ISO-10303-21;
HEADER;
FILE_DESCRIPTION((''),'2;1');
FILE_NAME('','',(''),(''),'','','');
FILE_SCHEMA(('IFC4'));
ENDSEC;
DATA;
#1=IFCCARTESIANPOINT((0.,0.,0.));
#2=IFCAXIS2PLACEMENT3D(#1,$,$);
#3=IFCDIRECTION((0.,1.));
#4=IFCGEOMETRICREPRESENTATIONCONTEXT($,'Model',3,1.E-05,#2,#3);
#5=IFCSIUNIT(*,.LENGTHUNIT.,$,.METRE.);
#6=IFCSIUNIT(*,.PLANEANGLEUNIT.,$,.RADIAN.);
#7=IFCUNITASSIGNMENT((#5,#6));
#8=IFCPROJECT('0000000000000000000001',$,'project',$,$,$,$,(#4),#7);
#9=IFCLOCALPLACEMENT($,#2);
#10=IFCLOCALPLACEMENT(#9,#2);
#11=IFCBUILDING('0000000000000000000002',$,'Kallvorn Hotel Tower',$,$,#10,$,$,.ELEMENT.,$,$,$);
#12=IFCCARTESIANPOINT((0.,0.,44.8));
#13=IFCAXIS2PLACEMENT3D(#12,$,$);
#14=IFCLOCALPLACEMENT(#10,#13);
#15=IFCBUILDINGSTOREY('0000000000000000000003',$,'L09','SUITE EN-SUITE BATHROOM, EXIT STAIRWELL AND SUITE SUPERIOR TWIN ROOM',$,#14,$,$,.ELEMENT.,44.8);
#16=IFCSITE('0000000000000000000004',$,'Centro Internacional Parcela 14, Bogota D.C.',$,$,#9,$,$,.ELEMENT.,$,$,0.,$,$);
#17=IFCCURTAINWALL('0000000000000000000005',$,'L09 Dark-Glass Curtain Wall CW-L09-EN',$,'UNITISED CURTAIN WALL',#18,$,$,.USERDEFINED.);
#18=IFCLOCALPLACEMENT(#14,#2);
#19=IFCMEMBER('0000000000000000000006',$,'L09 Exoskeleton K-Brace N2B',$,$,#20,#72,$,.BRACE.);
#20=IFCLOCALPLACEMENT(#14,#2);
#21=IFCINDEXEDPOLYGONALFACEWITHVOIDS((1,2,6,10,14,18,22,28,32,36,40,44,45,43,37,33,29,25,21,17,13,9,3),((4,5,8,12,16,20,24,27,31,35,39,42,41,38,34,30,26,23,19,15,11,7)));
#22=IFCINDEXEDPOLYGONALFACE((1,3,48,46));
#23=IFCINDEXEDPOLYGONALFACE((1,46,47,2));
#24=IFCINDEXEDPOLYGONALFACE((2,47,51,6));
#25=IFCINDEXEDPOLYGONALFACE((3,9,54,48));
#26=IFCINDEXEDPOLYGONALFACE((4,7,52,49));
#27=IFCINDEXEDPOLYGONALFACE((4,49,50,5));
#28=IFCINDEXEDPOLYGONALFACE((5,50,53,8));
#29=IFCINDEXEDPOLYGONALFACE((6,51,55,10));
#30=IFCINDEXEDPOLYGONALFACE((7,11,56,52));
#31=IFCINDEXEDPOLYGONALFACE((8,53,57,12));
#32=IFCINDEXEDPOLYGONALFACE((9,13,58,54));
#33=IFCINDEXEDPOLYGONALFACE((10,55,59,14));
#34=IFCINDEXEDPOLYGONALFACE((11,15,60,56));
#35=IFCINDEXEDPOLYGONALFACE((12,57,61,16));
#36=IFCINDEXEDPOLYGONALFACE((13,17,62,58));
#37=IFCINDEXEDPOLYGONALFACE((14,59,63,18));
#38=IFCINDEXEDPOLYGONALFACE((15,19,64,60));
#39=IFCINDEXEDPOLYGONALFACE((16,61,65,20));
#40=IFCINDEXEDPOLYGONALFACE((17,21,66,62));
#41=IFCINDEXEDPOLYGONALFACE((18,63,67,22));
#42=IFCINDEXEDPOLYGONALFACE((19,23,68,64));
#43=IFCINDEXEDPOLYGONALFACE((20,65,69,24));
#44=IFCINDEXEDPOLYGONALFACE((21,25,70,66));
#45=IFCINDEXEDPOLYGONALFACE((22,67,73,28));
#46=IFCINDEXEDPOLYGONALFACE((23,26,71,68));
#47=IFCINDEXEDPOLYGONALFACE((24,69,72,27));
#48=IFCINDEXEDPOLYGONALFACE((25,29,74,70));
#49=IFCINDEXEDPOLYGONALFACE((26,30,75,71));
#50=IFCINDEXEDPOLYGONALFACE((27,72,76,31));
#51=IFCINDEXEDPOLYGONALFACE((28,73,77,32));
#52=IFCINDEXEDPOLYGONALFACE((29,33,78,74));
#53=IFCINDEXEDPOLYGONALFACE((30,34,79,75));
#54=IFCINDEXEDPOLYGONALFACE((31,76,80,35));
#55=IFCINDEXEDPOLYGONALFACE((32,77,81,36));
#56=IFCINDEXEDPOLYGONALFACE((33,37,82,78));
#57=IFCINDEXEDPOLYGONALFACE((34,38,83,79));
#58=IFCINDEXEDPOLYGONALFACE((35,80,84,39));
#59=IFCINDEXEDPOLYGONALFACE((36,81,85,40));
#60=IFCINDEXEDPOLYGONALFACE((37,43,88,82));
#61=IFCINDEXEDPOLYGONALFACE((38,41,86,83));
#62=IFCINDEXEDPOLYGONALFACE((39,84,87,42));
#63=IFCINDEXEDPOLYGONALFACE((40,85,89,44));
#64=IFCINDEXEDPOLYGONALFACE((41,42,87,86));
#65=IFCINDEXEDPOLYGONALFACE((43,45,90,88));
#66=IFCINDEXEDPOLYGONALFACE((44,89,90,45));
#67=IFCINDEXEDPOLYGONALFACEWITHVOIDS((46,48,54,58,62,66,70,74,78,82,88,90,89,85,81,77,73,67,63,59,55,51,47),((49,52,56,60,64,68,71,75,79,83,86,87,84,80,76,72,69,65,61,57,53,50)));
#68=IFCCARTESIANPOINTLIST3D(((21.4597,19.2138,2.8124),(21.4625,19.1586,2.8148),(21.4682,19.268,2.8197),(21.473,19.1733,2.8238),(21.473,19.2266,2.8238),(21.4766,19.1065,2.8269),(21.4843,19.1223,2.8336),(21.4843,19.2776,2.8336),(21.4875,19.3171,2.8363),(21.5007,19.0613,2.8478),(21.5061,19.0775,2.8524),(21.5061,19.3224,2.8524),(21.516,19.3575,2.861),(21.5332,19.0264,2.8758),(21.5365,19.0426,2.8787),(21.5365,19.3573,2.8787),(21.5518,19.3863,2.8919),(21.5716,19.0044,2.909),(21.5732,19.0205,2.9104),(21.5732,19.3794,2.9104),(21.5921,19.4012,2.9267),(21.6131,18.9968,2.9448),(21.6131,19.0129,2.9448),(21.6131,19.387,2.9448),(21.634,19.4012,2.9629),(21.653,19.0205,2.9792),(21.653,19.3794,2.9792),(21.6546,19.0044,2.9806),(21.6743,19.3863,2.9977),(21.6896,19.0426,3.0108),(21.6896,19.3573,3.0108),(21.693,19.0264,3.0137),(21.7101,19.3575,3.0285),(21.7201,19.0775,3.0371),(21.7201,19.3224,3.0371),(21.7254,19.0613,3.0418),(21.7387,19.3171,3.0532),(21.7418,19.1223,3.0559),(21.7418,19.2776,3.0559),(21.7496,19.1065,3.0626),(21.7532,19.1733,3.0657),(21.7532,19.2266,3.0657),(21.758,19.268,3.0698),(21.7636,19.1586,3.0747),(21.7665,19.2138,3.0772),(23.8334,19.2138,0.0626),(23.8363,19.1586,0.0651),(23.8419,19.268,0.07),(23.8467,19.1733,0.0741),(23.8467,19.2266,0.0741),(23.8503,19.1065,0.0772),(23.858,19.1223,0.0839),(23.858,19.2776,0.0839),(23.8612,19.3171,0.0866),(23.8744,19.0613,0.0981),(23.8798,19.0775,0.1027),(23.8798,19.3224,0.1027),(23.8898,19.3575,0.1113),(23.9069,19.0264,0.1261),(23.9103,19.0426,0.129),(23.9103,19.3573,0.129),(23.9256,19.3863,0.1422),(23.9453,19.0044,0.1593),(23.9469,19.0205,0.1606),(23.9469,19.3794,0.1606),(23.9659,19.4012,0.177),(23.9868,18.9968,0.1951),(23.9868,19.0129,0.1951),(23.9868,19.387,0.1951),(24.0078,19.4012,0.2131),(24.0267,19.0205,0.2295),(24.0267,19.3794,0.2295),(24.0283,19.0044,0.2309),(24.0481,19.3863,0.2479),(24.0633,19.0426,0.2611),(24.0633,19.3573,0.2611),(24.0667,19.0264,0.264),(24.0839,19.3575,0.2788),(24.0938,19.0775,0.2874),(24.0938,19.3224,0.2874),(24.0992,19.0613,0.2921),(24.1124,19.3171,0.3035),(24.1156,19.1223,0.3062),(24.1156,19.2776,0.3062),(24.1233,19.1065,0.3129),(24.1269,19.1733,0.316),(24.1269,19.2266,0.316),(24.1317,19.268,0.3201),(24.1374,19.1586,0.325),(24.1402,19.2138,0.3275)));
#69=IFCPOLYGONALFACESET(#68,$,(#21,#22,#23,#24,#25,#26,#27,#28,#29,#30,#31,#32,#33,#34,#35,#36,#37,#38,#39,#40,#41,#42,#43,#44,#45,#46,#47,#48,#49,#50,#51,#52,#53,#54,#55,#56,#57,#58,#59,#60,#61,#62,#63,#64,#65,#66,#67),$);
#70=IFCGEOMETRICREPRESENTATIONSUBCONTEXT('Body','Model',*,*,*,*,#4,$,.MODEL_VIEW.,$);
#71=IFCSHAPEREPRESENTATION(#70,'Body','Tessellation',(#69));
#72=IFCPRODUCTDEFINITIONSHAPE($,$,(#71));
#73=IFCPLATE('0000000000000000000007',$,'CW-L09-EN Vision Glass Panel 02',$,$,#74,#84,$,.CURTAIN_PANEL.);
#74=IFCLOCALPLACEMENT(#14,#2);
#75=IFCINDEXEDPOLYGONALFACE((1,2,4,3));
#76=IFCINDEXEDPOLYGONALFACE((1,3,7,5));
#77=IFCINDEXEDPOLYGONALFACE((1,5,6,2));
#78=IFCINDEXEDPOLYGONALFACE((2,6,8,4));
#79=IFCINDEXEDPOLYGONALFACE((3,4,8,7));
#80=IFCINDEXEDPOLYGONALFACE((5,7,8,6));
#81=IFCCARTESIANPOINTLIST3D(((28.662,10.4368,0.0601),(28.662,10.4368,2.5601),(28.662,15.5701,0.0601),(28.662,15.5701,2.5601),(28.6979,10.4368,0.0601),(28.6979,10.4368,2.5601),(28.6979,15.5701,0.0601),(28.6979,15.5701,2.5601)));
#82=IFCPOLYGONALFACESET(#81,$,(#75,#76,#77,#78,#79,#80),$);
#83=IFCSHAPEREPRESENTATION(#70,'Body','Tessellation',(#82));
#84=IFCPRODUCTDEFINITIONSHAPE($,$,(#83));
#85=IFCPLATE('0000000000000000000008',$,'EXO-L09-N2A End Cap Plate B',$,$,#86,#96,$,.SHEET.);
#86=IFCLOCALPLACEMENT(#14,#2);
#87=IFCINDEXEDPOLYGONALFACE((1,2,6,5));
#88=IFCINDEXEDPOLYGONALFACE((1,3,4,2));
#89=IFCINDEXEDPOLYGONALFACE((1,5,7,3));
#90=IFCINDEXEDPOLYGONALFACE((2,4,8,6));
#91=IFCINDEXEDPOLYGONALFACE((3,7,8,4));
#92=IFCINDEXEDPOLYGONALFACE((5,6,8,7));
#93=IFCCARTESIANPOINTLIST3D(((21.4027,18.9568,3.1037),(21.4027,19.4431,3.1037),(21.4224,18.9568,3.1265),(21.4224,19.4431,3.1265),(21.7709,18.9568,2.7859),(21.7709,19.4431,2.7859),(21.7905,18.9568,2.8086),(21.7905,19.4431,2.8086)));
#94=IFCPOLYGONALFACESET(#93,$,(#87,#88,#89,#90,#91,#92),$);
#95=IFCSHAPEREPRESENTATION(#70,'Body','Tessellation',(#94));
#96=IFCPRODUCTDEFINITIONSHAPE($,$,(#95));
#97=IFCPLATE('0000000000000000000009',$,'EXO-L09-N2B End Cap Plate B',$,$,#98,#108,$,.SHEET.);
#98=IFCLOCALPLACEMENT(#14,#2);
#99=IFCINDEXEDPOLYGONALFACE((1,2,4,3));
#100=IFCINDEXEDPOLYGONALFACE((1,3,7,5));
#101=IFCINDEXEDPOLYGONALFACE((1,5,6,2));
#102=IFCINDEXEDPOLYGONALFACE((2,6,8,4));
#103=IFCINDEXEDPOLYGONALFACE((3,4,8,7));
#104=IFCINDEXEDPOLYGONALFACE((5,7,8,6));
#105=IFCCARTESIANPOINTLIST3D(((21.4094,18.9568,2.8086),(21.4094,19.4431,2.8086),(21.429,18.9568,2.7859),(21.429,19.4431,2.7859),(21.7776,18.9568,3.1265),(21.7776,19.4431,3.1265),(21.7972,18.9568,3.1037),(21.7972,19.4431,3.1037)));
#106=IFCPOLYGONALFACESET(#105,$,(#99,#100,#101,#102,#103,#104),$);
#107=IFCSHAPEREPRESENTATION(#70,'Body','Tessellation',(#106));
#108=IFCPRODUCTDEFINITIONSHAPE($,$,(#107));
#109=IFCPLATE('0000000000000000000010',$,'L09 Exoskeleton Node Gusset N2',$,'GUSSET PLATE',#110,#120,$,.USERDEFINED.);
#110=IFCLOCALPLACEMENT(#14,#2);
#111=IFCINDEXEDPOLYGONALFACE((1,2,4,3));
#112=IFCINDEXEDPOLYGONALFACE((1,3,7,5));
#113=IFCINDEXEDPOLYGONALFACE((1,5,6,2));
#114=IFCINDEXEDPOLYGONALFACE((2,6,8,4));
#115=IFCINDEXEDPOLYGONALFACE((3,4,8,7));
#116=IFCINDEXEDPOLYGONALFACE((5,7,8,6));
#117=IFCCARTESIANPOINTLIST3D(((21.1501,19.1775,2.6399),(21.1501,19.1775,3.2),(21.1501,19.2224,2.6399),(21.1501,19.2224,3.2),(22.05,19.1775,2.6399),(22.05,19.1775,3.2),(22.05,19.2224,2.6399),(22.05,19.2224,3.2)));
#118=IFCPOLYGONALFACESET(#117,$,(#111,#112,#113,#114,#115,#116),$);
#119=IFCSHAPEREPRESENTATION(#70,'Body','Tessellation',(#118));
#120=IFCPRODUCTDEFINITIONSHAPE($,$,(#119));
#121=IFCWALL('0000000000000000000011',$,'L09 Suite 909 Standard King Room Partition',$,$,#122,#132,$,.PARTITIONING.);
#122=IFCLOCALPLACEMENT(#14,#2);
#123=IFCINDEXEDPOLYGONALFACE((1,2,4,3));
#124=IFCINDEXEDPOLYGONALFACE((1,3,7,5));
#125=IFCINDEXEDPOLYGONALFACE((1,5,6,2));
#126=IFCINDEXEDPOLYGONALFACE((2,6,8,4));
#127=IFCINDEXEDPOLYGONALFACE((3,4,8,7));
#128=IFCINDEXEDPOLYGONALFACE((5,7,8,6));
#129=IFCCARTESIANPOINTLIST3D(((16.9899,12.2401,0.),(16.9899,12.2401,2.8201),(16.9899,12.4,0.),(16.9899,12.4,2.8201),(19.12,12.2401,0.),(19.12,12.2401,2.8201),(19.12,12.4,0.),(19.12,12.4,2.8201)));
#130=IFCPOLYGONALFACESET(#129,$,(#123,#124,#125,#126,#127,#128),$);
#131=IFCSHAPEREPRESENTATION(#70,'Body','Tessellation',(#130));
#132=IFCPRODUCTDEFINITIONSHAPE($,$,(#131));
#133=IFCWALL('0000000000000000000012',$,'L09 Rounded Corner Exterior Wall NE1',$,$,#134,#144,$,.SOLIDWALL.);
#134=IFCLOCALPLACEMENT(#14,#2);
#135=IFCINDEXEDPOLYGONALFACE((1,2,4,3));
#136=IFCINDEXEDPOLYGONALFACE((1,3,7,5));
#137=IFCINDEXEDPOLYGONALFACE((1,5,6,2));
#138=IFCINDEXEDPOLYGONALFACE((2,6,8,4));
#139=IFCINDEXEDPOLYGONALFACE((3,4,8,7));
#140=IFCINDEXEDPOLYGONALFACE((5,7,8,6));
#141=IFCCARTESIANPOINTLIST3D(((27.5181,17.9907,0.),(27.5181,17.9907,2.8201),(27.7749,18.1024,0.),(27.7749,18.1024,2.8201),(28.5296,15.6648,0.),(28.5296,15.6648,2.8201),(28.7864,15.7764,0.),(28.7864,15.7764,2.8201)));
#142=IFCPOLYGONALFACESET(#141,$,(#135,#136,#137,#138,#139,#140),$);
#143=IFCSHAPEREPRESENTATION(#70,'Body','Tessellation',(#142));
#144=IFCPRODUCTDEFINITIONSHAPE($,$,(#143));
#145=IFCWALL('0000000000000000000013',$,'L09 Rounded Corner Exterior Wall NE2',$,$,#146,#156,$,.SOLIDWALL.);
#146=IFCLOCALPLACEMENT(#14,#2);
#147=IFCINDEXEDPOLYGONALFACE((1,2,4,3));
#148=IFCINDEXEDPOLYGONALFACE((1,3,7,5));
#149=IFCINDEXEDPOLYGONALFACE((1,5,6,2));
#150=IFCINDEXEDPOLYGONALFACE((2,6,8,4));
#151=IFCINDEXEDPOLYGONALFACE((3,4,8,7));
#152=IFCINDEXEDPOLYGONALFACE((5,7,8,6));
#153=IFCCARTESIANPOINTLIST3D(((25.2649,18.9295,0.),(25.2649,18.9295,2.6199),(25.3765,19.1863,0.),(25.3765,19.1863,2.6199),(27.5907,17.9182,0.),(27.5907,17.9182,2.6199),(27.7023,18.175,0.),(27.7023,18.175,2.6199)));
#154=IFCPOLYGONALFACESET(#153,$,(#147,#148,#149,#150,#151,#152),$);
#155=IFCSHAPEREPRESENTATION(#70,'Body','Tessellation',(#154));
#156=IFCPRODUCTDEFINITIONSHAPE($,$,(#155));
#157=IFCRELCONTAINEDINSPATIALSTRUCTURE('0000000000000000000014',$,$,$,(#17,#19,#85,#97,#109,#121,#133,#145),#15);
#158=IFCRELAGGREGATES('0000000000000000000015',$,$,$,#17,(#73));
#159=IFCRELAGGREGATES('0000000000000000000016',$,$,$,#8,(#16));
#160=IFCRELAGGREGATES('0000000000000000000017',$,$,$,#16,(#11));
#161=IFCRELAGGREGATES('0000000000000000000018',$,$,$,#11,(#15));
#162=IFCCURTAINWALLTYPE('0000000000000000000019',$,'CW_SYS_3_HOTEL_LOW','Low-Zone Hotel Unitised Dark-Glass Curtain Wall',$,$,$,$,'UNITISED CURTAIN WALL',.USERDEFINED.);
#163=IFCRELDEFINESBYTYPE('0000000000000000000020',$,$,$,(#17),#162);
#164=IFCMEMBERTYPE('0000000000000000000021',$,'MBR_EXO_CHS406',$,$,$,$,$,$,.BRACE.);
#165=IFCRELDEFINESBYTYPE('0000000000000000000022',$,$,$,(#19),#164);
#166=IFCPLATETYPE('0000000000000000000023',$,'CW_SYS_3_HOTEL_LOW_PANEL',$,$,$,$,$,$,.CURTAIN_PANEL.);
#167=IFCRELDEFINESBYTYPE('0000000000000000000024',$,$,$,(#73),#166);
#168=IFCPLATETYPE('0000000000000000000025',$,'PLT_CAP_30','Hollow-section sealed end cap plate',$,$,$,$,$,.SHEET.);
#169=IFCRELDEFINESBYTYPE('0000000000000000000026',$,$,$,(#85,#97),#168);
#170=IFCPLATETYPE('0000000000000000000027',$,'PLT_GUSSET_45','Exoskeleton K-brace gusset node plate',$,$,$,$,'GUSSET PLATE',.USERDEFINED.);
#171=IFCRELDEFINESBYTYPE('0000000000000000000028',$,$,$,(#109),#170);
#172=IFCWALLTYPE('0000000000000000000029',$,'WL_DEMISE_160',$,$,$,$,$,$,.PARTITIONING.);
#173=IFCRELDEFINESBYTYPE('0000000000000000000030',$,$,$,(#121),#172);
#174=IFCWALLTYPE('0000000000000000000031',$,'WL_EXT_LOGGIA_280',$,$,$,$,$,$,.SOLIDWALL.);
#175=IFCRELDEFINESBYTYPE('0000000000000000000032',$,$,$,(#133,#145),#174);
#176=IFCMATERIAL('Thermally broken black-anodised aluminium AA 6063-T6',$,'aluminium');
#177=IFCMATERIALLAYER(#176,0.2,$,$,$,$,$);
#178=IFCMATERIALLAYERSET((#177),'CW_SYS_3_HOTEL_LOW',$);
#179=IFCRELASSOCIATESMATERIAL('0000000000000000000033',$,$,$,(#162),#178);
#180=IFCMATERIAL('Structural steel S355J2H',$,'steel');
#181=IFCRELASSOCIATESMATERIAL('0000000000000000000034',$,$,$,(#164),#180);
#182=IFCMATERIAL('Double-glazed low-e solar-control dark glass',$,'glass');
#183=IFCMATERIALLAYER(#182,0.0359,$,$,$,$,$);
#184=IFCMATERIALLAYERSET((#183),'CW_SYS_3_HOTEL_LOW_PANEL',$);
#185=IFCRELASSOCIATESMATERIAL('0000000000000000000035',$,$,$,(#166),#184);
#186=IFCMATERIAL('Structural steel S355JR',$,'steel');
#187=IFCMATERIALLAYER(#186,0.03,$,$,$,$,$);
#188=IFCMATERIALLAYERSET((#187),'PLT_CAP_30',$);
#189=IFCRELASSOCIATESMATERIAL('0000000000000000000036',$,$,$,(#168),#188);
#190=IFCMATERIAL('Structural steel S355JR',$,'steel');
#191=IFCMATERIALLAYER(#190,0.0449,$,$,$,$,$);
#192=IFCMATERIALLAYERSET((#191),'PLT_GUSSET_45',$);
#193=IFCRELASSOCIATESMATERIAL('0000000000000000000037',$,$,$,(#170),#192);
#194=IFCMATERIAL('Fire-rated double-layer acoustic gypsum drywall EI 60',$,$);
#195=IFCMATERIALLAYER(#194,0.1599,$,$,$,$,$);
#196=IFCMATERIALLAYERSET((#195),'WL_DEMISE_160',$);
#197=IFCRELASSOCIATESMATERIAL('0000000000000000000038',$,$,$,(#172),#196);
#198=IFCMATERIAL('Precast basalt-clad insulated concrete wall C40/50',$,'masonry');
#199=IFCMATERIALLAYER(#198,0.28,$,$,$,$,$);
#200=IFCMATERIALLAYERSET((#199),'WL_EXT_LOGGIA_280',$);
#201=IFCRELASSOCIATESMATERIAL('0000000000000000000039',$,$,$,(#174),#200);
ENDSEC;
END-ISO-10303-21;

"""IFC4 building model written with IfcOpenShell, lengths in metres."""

from ifc_helpers import new_model, si_unit, direction, frame, frame_2d, origin, origin_2d, place, context, subcontext, project, spatial, polyline, rectangle, hollow_circle, outline, extrude, material, layer, layer_set, material_profile, profile_set, type_object, element, aggregate, save


model = new_model("IFC4")

# Units and contexts
model_context = context("Model", 3, precision=1e-05, world=origin(), true_north=direction((0.0, 1.0)))
body_context = subcontext(model_context, "Body", "Model", "MODEL_VIEW")
ifc_project = project(units=[si_unit("LENGTHUNIT", "METRE"), si_unit("PLANEANGLEUNIT", "RADIAN")], contexts=[model_context])

# Site, building, storey
site_placement = place(None, origin())
site = spatial("IfcSite", under=ifc_project, at=site_placement, Name="Centro Internacional Parcela 14, Bogota D.C.", CompositionType="ELEMENT", RefElevation=0.0)
building_placement = place(site_placement, origin())
building = spatial("IfcBuilding", under=site, at=building_placement, Name="Kallvorn Hotel Tower", CompositionType="ELEMENT")
storey_placement = place(building_placement, frame((0.0, 0.0, 44.8)))
storey = spatial("IfcBuildingStorey", under=building, at=storey_placement, Name="L09", Description="SUITE EN-SUITE BATHROOM, EXIT STAIRWELL AND SUITE SUPERIOR TWIN ROOM", CompositionType="ELEMENT", Elevation=44.8)

# Curtain wall
ifc_material_1 = material(Name="Thermally broken black-anodised aluminium AA 6063-T6", Category="aluminium")
ifc_layer_1 = layer(ifc_material_1, 0.2)
ifc_layer_set_1 = layer_set([ifc_layer_1], Name="CW_SYS_3_HOTEL_LOW")
curtain_wall_type = type_object("IfcCurtainWallType", Name="CW_SYS_3_HOTEL_LOW", Description="Low-Zone Hotel Unitised Dark-Glass Curtain Wall", ElementType="UNITISED CURTAIN WALL", PredefinedType="USERDEFINED", material=ifc_layer_set_1)
curtain_wall_placement = place(storey_placement, origin())
curtain_wall = element("IfcCurtainWall", 1, at=curtain_wall_placement, inside=storey, type_object=curtain_wall_type, Name="L09 Dark-Glass Curtain Wall CW-L09-EN", ObjectType="UNITISED CURTAIN WALL", PredefinedType="USERDEFINED")

# Member
ifc_material_2 = material(Name="Structural steel S355J2H", Category="steel")
ifc_material_profile_1 = material_profile(ifc_material_2, hollow_circle(Radius=0.2031, WallThickness=0.0161, at=origin_2d()), Name="CHS 406.4x16")
ifc_profile_set_1 = profile_set([ifc_material_profile_1], Name="Structural steel S355J2H")
member_type_1 = type_object("IfcMemberType", Name="MBR_EXO_CHS406", PredefinedType="BRACE", material=ifc_profile_set_1)
for number, where, z_axis, x_axis, name in (
    (2, (23.9868, 19.2, 0.1951), (-0.653461, 0.0, 0.756961), (0.0, -1.0, 0.0), "L09 Exoskeleton K-Brace N2B"),
):
    element("IfcMember", number, at=place(storey_placement, frame(where, z_axis=z_axis, x_axis=x_axis)), inside=storey, type_object=member_type_1, Name=name, PredefinedType="BRACE", context=body_context, shape_type="SweptSolid", body=[
        extrude(hollow_circle(Radius=0.2031, WallThickness=0.0161, at=origin_2d()), origin(), (0.0, 0.0, 1.0), 3.6326),
    ])

# Plate
ifc_material_3 = material(Name="Double-glazed low-e solar-control dark glass", Category="glass")
ifc_layer_2 = layer(ifc_material_3, 0.0359)
ifc_layer_set_2 = layer_set([ifc_layer_2], Name="CW_SYS_3_HOTEL_LOW_PANEL")
plate_type_1 = type_object("IfcPlateType", Name="CW_SYS_3_HOTEL_LOW_PANEL", PredefinedType="CURTAIN_PANEL", material=ifc_layer_set_2)
plate_1_placement = place(storey_placement, frame((28.6799, 13.0034, 0.0601), z_axis=(0.0, 0.0, 1.0), x_axis=(0.0, 1.0, 0.0)))
plate_1 = element("IfcPlate", 3, at=plate_1_placement, type_object=plate_type_1, Name="CW-L09-EN Vision Glass Panel 02", PredefinedType="CURTAIN_PANEL", context=body_context, shape_type="SweptSolid", body=[
    extrude(rectangle(XDim=5.1333, YDim=0.0359, at=origin_2d()), origin(), (0.0, 0.0, 1.0), 2.5),
])
aggregate(curtain_wall, [plate_1])

# Plates
ifc_material_4 = material(Name="Structural steel S355JR", Category="steel")
ifc_layer_3 = layer(ifc_material_4, 0.03)
ifc_layer_set_3 = layer_set([ifc_layer_3], Name="PLT_CAP_30")
plate_type_2 = type_object("IfcPlateType", Name="PLT_CAP_30", Description="Hollow-section sealed end cap plate", PredefinedType="SHEET", material=ifc_layer_set_3)
for number, where, z_axis, x_axis, name in (
    (4, (21.7905, 18.9568, 2.8086), (0.653515, 0.0, 0.756913), (0.0, 1.0, 0.0), "EXO-L09-N2A End Cap Plate B"),
    (5, (21.4094, 19.4431, 2.8086), (-0.653515, 0.0, 0.756913), (0.0, -1.0, 0.0), "EXO-L09-N2B End Cap Plate B"),
):
    element("IfcPlate", number, at=place(storey_placement, frame(where, z_axis=z_axis, x_axis=x_axis)), inside=storey, type_object=plate_type_2, Name=name, PredefinedType="SHEET", context=body_context, shape_type="SweptSolid", body=[
        extrude(outline(polyline([(0.0, 0.0), (0.4863, 0.0), (0.4863, 0.4864), (0.0, 0.4864), (0.0, 0.0)])), origin(), (0.0, 0.0, -1.0), 0.03),
    ])
ifc_material_5 = material(Name="Structural steel S355JR", Category="steel")
ifc_layer_4 = layer(ifc_material_5, 0.0449)
ifc_layer_set_4 = layer_set([ifc_layer_4], Name="PLT_GUSSET_45")
plate_type_3 = type_object("IfcPlateType", Name="PLT_GUSSET_45", Description="Exoskeleton K-brace gusset node plate", ElementType="GUSSET PLATE", PredefinedType="USERDEFINED", material=ifc_layer_set_4)
plate_2_placement = place(storey_placement, frame((21.6001, 19.2, 2.6399), z_axis=(0.0, 0.0, 1.0), x_axis=(1.0, 0.0, 0.0)))
element("IfcPlate", 6, at=plate_2_placement, inside=storey, type_object=plate_type_3, Name="L09 Exoskeleton Node Gusset N2", ObjectType="GUSSET PLATE", PredefinedType="USERDEFINED", context=body_context, shape_type="SweptSolid", body=[
    extrude(rectangle(XDim=0.8999, YDim=0.0449, at=origin_2d()), origin(), (0.0, 0.0, 1.0), 0.5601),
])

# Walls
ifc_material_6 = material(Name="Fire-rated double-layer acoustic gypsum drywall EI 60")
ifc_layer_5 = layer(ifc_material_6, 0.1599)
ifc_layer_set_5 = layer_set([ifc_layer_5], Name="WL_DEMISE_160")
wall_type_1 = type_object("IfcWallType", Name="WL_DEMISE_160", PredefinedType="PARTITIONING", material=ifc_layer_set_5)
wall_1_placement = place(storey_placement, frame((16.99, 12.3201, 0.0), z_axis=(0.0, 0.0, 1.0), x_axis=(1.0, 0.0, 0.0)))
element("IfcWall", 7, at=wall_1_placement, inside=storey, type_object=wall_type_1, Name="L09 Suite 909 Standard King Room Partition", PredefinedType="PARTITIONING", context=body_context, shape_type="SweptSolid", body=[
    extrude(rectangle(XDim=2.1301, YDim=0.1599, at=frame_2d((1.0649, 0.0))), origin(), (0.0, 0.0, 1.0), 2.8201),
])
ifc_material_7 = material(Name="Precast basalt-clad insulated concrete wall C40/50", Category="masonry")
ifc_layer_6 = layer(ifc_material_7, 0.28)
ifc_layer_set_6 = layer_set([ifc_layer_6], Name="WL_EXT_LOGGIA_280")
wall_type_2 = type_object("IfcWallType", Name="WL_EXT_LOGGIA_280", PredefinedType="SOLIDWALL", material=ifc_layer_set_6)
wall_2_placement = place(storey_placement, frame((28.658, 15.7207, 0.0), z_axis=(0.0, 0.0, 1.0), x_axis=(-0.398793, 0.917041, 0.0)))
element("IfcWall", 8, at=wall_2_placement, inside=storey, type_object=wall_type_2, Name="L09 Rounded Corner Exterior Wall NE1", PredefinedType="SOLIDWALL", context=body_context, shape_type="SweptSolid", body=[
    extrude(rectangle(XDim=2.5364, YDim=0.28, at=frame_2d((1.2681, 0.0))), origin(), (0.0, 0.0, 1.0), 2.8201),
])
wall_3_placement = place(storey_placement, frame((27.6465, 18.0466, 0.0), z_axis=(0.0, 0.0, 1.0), x_axis=(-0.917061, 0.398747, 0.0)))
element("IfcWall", 9, at=wall_3_placement, inside=storey, type_object=wall_type_2, Name="L09 Rounded Corner Exterior Wall NE2", PredefinedType="SOLIDWALL", context=body_context, shape_type="SweptSolid", body=[
    extrude(rectangle(XDim=2.5361, YDim=0.28, at=frame_2d((1.2681, 0.0))), origin(), (0.0, 0.0, 1.0), 2.6199),
])

save(model, "model.ifc")
